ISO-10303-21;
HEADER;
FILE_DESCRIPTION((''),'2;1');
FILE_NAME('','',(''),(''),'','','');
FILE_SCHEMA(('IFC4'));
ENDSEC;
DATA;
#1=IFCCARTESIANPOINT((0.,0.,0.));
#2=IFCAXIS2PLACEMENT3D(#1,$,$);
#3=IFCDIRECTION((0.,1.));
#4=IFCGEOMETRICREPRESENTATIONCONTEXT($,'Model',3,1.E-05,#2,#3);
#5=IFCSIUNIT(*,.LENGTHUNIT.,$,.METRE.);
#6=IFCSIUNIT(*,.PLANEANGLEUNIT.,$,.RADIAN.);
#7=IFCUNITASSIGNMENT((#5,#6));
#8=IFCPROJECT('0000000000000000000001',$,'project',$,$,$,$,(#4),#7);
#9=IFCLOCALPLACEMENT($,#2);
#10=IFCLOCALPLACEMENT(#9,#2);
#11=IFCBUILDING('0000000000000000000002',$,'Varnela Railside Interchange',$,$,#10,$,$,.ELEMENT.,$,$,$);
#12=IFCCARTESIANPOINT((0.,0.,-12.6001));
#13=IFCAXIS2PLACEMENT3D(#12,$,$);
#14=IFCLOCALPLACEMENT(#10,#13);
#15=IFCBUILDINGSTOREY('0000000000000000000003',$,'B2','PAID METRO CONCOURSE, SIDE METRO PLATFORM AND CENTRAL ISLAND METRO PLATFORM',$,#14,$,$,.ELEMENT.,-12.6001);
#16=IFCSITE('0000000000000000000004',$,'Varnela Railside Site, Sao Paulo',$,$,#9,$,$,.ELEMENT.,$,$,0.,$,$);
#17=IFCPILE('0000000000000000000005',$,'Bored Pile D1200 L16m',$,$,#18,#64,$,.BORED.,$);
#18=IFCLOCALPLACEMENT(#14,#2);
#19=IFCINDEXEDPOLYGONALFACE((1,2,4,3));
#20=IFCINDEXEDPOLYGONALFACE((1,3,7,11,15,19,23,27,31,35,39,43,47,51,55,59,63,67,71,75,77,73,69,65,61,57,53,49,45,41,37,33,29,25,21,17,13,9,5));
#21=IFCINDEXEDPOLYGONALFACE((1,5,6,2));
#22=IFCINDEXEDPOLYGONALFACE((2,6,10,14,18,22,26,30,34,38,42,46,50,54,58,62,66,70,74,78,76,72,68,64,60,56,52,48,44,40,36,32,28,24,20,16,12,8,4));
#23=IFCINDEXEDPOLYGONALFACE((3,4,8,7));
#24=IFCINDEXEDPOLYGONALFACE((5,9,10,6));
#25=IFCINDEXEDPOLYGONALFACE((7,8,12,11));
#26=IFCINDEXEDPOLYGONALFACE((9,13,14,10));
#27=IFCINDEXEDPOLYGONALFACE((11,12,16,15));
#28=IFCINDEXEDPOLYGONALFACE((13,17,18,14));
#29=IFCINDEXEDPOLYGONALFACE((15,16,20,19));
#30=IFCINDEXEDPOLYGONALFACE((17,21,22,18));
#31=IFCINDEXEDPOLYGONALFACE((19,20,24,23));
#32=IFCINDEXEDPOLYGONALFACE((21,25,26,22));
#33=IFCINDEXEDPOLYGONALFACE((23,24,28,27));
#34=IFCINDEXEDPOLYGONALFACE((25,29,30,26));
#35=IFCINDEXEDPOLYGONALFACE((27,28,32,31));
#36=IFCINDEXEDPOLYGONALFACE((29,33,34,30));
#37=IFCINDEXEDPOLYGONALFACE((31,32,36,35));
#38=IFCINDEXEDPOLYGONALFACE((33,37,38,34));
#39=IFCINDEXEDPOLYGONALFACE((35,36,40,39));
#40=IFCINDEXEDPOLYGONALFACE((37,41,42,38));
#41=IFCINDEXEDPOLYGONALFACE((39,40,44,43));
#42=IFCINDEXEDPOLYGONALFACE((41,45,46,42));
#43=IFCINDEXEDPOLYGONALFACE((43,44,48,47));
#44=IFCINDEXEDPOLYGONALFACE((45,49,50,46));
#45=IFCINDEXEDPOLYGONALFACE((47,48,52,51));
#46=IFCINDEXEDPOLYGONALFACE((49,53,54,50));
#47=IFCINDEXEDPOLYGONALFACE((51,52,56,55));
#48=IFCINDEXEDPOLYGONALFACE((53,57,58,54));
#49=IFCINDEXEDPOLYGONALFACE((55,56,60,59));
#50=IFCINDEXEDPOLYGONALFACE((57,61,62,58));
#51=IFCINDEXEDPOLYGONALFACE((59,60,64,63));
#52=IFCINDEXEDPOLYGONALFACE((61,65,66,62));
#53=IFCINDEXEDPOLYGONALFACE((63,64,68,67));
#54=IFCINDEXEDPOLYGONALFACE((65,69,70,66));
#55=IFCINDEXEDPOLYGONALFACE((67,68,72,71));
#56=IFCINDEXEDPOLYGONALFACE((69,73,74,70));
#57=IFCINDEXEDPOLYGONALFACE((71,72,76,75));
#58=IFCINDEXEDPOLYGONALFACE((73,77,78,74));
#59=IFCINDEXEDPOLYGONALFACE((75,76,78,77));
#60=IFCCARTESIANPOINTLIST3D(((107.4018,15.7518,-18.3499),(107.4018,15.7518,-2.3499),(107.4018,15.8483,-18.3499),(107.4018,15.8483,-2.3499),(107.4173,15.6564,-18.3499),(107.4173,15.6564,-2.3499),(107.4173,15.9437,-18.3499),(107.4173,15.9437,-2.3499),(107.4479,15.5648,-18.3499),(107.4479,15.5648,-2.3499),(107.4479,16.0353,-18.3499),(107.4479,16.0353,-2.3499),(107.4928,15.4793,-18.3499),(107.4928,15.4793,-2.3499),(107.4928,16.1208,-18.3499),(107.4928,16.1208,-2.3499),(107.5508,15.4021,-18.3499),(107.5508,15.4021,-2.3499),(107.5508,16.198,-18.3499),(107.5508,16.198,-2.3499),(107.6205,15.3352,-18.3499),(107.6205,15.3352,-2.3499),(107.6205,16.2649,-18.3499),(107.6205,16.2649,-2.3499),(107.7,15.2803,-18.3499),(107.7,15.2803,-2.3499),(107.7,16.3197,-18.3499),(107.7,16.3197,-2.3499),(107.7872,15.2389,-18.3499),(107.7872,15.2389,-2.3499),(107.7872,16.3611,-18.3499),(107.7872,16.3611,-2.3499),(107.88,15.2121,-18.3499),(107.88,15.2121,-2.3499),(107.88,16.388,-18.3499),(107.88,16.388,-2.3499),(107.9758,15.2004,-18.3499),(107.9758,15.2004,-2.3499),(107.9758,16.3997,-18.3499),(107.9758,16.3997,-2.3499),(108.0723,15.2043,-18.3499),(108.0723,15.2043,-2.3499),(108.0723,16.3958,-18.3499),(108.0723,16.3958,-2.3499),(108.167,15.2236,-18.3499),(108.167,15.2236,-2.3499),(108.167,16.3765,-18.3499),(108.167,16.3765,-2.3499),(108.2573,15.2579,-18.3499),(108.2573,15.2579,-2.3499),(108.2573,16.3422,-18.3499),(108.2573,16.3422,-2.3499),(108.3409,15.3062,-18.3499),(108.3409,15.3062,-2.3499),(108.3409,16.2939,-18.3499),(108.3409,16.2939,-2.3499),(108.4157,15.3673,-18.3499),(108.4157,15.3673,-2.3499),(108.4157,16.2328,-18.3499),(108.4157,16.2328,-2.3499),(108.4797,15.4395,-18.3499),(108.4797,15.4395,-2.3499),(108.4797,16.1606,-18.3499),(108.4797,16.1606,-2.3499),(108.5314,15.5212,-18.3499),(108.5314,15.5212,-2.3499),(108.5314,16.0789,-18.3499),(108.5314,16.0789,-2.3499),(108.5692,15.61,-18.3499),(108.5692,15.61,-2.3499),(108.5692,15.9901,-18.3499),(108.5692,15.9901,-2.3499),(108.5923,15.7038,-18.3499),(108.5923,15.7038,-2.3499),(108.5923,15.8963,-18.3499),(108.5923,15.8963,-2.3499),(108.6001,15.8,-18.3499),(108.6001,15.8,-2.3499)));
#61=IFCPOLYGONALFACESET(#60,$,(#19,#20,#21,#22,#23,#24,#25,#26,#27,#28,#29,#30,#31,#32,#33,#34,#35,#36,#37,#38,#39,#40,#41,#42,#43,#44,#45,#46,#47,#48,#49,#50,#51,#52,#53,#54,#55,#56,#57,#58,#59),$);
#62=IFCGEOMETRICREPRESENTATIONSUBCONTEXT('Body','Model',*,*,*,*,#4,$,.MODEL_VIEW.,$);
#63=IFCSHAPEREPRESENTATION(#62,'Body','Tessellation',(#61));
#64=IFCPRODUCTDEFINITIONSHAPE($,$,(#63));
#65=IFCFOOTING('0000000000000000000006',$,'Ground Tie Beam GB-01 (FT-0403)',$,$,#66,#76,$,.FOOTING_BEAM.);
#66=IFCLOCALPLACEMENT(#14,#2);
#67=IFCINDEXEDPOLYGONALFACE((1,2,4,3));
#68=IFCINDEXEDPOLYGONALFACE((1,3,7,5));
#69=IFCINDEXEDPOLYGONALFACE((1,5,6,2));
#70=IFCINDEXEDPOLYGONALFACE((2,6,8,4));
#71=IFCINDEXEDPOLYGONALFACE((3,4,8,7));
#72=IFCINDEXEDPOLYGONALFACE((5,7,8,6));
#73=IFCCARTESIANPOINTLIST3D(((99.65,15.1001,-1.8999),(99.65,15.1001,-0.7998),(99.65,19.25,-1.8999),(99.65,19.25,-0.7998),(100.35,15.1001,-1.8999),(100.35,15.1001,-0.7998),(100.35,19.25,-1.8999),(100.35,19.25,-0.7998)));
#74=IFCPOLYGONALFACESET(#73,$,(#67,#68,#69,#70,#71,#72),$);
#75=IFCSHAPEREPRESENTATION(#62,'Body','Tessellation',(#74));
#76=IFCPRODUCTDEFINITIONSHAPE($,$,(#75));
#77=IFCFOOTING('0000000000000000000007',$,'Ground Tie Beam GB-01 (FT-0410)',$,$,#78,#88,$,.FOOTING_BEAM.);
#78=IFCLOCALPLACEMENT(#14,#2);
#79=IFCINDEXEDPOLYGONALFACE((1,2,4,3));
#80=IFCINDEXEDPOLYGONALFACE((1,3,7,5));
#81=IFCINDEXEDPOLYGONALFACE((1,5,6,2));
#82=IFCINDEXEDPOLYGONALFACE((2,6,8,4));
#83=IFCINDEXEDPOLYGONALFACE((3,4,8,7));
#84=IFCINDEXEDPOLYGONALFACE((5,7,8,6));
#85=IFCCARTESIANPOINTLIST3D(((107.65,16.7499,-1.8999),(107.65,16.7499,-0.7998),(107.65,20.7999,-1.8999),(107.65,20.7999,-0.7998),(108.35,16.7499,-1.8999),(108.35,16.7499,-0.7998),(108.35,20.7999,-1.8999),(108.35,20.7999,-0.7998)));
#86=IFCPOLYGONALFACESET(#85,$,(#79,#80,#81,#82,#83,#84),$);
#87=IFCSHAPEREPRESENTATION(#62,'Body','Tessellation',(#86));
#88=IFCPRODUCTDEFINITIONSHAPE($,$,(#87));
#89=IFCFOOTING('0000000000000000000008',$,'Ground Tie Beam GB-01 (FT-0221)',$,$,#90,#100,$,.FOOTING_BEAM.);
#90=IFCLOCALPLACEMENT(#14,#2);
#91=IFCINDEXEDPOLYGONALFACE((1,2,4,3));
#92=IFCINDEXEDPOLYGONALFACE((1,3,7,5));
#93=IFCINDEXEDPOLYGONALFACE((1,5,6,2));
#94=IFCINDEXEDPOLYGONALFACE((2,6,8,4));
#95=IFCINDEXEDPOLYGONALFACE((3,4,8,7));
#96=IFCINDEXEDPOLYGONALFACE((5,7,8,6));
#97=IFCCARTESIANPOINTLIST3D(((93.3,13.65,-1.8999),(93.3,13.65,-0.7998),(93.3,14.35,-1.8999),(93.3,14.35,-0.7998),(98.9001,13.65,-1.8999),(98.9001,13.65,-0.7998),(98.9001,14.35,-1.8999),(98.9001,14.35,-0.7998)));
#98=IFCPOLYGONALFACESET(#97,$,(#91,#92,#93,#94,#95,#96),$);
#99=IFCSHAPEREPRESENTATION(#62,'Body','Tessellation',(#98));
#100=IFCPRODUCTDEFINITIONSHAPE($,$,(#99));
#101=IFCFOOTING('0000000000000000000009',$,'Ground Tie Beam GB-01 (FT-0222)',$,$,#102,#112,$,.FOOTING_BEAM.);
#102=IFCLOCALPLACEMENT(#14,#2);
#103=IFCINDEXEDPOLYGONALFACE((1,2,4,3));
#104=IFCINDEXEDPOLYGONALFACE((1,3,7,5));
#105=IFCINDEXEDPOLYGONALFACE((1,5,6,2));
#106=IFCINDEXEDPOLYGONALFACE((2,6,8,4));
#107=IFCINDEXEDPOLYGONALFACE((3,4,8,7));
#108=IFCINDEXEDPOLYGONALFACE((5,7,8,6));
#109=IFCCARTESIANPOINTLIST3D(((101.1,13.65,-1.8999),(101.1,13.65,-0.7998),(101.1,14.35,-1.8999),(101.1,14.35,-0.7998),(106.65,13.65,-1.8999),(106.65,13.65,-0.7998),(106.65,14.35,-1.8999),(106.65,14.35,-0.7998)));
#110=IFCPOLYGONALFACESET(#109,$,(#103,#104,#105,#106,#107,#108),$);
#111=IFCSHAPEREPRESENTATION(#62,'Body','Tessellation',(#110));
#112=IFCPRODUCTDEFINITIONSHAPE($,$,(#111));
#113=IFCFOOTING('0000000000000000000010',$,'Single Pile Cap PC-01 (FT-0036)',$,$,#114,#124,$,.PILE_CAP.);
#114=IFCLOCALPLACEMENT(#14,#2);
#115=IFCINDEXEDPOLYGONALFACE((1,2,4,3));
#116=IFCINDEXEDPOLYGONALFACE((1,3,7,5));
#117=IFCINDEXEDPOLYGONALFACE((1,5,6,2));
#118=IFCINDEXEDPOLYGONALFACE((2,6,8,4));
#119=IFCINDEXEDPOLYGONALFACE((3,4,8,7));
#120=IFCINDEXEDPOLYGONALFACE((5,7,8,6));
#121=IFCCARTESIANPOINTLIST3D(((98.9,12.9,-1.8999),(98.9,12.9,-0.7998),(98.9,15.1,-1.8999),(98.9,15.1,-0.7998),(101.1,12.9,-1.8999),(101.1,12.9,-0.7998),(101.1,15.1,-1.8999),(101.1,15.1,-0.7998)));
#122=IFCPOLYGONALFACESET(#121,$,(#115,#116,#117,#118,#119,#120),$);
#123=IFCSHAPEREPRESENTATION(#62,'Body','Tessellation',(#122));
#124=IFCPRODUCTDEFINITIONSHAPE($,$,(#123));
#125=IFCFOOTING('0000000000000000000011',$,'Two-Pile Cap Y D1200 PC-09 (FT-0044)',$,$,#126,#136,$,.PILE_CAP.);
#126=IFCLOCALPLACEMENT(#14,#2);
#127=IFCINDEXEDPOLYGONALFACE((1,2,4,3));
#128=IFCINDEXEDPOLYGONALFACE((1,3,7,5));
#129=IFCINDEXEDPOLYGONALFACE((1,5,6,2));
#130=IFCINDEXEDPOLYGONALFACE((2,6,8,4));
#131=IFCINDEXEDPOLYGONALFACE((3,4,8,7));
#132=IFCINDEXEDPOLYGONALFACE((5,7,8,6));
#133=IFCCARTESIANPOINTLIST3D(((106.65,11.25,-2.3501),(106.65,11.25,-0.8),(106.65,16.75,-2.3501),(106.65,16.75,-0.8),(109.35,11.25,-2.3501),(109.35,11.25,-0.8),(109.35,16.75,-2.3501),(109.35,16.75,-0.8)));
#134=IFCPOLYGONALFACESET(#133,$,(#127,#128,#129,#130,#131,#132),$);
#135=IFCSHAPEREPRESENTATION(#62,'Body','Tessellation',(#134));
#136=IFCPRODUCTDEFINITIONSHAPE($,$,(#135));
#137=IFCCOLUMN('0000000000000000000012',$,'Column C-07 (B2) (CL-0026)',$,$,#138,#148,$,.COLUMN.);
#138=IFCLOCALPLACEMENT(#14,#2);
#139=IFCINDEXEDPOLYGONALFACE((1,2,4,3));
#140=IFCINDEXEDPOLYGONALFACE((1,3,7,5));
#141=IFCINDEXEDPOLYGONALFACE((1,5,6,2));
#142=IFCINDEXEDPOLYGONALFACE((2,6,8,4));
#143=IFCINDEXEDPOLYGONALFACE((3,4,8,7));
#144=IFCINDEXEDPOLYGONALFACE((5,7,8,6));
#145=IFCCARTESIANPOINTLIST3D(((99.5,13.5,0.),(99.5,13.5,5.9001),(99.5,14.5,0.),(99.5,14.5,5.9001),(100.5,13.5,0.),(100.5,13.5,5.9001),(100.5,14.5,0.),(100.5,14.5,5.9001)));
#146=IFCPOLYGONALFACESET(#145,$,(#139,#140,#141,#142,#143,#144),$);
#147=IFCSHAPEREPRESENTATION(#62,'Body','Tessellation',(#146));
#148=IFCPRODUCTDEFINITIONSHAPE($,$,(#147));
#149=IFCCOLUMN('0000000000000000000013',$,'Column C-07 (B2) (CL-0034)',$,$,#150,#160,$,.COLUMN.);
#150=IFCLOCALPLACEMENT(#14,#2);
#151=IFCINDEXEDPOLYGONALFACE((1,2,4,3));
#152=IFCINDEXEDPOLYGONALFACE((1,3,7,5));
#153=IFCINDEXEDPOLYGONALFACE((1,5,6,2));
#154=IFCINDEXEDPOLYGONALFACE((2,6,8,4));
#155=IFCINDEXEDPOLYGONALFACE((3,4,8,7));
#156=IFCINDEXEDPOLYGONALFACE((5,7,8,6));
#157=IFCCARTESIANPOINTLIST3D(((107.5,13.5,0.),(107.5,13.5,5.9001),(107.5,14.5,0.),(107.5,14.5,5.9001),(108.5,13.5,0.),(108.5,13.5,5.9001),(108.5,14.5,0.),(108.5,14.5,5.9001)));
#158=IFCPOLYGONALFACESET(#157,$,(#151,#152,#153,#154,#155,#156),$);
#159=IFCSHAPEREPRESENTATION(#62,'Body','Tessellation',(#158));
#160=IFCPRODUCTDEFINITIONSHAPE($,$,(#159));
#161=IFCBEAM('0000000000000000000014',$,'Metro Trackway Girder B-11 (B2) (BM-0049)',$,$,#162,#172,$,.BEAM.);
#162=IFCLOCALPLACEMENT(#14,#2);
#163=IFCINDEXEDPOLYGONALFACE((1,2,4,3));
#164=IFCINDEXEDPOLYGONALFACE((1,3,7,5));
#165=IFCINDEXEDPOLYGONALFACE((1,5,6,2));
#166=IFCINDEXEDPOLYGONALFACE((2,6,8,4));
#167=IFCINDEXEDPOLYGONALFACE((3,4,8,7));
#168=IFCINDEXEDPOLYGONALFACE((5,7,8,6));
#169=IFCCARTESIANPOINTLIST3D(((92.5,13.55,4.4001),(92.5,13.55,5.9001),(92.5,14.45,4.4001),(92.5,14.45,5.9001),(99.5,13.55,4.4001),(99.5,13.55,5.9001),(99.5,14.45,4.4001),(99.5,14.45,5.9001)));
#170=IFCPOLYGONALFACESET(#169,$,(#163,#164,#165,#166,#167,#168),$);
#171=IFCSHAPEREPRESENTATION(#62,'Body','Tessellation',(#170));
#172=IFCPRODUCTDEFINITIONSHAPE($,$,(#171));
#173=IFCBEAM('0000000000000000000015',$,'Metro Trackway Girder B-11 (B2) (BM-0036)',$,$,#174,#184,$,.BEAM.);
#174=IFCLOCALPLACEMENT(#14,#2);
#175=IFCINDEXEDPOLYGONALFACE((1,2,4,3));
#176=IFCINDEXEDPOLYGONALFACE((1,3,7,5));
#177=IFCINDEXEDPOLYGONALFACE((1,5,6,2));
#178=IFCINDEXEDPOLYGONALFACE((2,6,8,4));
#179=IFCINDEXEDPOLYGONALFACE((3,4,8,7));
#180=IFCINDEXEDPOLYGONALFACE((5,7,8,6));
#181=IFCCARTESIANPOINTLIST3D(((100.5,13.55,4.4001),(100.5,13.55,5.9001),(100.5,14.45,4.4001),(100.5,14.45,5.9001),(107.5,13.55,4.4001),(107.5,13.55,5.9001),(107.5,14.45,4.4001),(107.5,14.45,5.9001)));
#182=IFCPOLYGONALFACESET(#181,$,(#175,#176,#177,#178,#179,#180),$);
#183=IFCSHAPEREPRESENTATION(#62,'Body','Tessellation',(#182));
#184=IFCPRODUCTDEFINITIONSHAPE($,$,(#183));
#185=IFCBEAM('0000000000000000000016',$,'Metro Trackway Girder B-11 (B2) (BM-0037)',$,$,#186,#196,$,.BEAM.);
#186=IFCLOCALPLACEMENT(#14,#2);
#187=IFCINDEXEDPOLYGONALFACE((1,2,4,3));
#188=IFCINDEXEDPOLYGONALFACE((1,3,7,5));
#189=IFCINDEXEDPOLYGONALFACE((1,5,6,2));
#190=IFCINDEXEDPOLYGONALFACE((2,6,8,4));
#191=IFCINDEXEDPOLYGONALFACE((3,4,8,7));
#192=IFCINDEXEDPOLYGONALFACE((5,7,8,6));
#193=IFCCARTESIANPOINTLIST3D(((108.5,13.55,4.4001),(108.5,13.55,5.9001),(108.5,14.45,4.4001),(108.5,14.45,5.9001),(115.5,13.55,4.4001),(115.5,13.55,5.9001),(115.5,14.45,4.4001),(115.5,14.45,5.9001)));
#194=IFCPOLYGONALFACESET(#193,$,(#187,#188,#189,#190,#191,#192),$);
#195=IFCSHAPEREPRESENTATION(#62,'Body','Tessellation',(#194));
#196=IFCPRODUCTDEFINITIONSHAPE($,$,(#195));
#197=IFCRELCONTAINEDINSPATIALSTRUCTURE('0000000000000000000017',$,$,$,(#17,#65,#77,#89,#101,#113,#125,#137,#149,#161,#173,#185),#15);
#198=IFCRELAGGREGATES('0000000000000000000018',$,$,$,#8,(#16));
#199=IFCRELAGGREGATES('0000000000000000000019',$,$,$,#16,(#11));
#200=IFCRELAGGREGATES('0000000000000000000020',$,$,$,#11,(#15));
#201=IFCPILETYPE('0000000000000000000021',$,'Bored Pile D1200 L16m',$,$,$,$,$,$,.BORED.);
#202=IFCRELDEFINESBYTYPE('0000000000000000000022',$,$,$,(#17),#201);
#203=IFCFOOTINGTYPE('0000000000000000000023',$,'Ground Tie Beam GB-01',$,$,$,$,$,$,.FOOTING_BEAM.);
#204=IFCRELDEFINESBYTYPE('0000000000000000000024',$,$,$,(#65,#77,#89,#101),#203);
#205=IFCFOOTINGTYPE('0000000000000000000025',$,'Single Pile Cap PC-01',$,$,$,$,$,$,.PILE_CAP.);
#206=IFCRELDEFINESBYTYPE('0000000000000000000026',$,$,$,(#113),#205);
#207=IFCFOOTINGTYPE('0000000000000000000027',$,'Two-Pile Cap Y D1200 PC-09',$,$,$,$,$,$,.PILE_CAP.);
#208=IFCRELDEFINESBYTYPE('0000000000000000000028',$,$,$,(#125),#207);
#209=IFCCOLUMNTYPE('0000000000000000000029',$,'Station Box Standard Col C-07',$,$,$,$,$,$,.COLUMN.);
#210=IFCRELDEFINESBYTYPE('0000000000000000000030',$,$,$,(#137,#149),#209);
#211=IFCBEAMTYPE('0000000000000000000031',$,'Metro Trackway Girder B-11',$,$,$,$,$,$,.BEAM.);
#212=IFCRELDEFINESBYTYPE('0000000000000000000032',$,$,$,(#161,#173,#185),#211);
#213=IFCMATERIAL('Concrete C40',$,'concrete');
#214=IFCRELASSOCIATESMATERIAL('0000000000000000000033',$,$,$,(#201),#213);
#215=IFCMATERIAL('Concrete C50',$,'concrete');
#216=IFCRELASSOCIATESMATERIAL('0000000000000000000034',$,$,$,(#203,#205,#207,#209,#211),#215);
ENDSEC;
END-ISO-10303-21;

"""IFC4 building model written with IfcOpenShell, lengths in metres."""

from ifc_helpers import new_model, si_unit, direction, frame, origin, origin_2d, place, context, subcontext, project, spatial, rectangle, circle, extrude, material, material_profile, profile_set, type_object, element, save


model = new_model("IFC4")

# Units and contexts
model_context = context("Model", 3, precision=1e-05, world=origin(), true_north=direction((0.0, 1.0)))
body_context = subcontext(model_context, "Body", "Model", "MODEL_VIEW")
ifc_project = project(units=[si_unit("LENGTHUNIT", "METRE"), si_unit("PLANEANGLEUNIT", "RADIAN")], contexts=[model_context])

# Site, building, storey
site_placement = place(None, origin())
site = spatial("IfcSite", under=ifc_project, at=site_placement, Name="Varnela Railside Site, Sao Paulo", CompositionType="ELEMENT", RefElevation=0.0)
building_placement = place(site_placement, origin())
building = spatial("IfcBuilding", under=site, at=building_placement, Name="Varnela Railside Interchange", CompositionType="ELEMENT")
storey_placement = place(building_placement, frame((0.0, 0.0, -12.6001)))
storey = spatial("IfcBuildingStorey", under=building, at=storey_placement, Name="B2", Description="PAID METRO CONCOURSE, SIDE METRO PLATFORM AND CENTRAL ISLAND METRO PLATFORM", CompositionType="ELEMENT", Elevation=-12.6001)

# Pile
ifc_material_1 = material(Name="Concrete C40", Category="concrete")
ifc_material_profile_1 = material_profile(ifc_material_1, circle(Radius=0.6001, at=origin_2d()), Name="BORED PILE D1200")
ifc_profile_set_1 = profile_set([ifc_material_profile_1], Name="Concrete C40")
pile_type_1 = type_object("IfcPileType", Name="Bored Pile D1200 L16m", PredefinedType="BORED", material=ifc_profile_set_1)
for number, where, z_axis, x_axis, name in (
    (1, (108.0, 15.8, -2.3499), (0.0, 0.0, -1.0), (1.0, 0.0, 0.0), "Bored Pile D1200 L16m"),
):
    element("IfcPile", number, at=place(storey_placement, frame(where, z_axis=z_axis, x_axis=x_axis)), inside=storey, type_object=pile_type_1, Name=name, PredefinedType="BORED", context=body_context, shape_type="SweptSolid", body=[
        extrude(circle(Radius=0.6001, at=origin_2d()), origin(), (0.0, 0.0, 1.0), 16.0),
    ])

# Footings
ifc_material_2 = material(Name="Concrete C50", Category="concrete")
footing_type_1 = type_object("IfcFootingType", Name="Ground Tie Beam GB-01", PredefinedType="FOOTING_BEAM", material=ifc_material_2)
footing_1_placement = place(storey_placement, frame((100.0, 17.175, -1.8999), z_axis=(0.0, 0.0, 1.0), x_axis=(1.0, 0.0, 0.0)))
element("IfcFooting", 2, at=footing_1_placement, inside=storey, type_object=footing_type_1, Name="Ground Tie Beam GB-01 (FT-0403)", PredefinedType="FOOTING_BEAM", context=body_context, shape_type="SweptSolid", body=[
    extrude(rectangle(XDim=0.7, YDim=4.1499, at=origin_2d()), origin(), (0.0, 0.0, 1.0), 1.1001),
])
footing_2_placement = place(storey_placement, frame((108.0, 18.7749, -1.8999), z_axis=(0.0, 0.0, 1.0), x_axis=(1.0, 0.0, 0.0)))
element("IfcFooting", 3, at=footing_2_placement, inside=storey, type_object=footing_type_1, Name="Ground Tie Beam GB-01 (FT-0410)", PredefinedType="FOOTING_BEAM", context=body_context, shape_type="SweptSolid", body=[
    extrude(rectangle(XDim=0.7, YDim=4.05, at=origin_2d()), origin(), (0.0, 0.0, 1.0), 1.1001),
])
footing_3_placement = place(storey_placement, frame((96.1001, 14.0, -1.8999), z_axis=(0.0, 0.0, 1.0), x_axis=(1.0, 0.0, 0.0)))
element("IfcFooting", 4, at=footing_3_placement, inside=storey, type_object=footing_type_1, Name="Ground Tie Beam GB-01 (FT-0221)", PredefinedType="FOOTING_BEAM", context=body_context, shape_type="SweptSolid", body=[
    extrude(rectangle(XDim=5.6001, YDim=0.7, at=origin_2d()), origin(), (0.0, 0.0, 1.0), 1.1001),
])
footing_4_placement = place(storey_placement, frame((103.875, 14.0, -1.8999), z_axis=(0.0, 0.0, 1.0), x_axis=(1.0, 0.0, 0.0)))
element("IfcFooting", 5, at=footing_4_placement, inside=storey, type_object=footing_type_1, Name="Ground Tie Beam GB-01 (FT-0222)", PredefinedType="FOOTING_BEAM", context=body_context, shape_type="SweptSolid", body=[
    extrude(rectangle(XDim=5.55, YDim=0.7, at=origin_2d()), origin(), (0.0, 0.0, 1.0), 1.1001),
])
footing_type_2 = type_object("IfcFootingType", Name="Single Pile Cap PC-01", PredefinedType="PILE_CAP", material=ifc_material_2)
footing_5_placement = place(storey_placement, frame((100.0, 14.0, -1.8999), z_axis=(0.0, 0.0, 1.0), x_axis=(1.0, 0.0, 0.0)))
element("IfcFooting", 6, at=footing_5_placement, inside=storey, type_object=footing_type_2, Name="Single Pile Cap PC-01 (FT-0036)", PredefinedType="PILE_CAP", context=body_context, shape_type="SweptSolid", body=[
    extrude(rectangle(XDim=2.2, YDim=2.2, at=origin_2d()), origin(), (0.0, 0.0, 1.0), 1.1001),
])
footing_type_3 = type_object("IfcFootingType", Name="Two-Pile Cap Y D1200 PC-09", PredefinedType="PILE_CAP", material=ifc_material_2)
footing_6_placement = place(storey_placement, frame((108.0, 14.0, -2.3501), z_axis=(0.0, 0.0, 1.0), x_axis=(1.0, 0.0, 0.0)))
element("IfcFooting", 7, at=footing_6_placement, inside=storey, type_object=footing_type_3, Name="Two-Pile Cap Y D1200 PC-09 (FT-0044)", PredefinedType="PILE_CAP", context=body_context, shape_type="SweptSolid", body=[
    extrude(rectangle(XDim=2.7, YDim=5.5, at=origin_2d()), origin(), (0.0, 0.0, 1.0), 1.55),
])

# Columns
ifc_material_profile_2 = material_profile(ifc_material_2, rectangle(XDim=1.0, YDim=1.0, at=origin_2d()), Name="RC 1000x1000")
ifc_profile_set_2 = profile_set([ifc_material_profile_2], Name="Concrete C50")
column_type = type_object("IfcColumnType", Name="Station Box Standard Col C-07", PredefinedType="COLUMN", material=ifc_profile_set_2)
for number, where, z_axis, x_axis, name in (
    (8, (100.0, 14.0, 0.0), (0.0, 0.0, 1.0), (1.0, 0.0, 0.0), "Column C-07 (B2) (CL-0026)"),
    (9, (108.0, 14.0, 0.0), (0.0, 0.0, 1.0), (1.0, 0.0, 0.0), "Column C-07 (B2) (CL-0034)"),
):
    element("IfcColumn", number, at=place(storey_placement, frame(where, z_axis=z_axis, x_axis=x_axis)), inside=storey, type_object=column_type, Name=name, PredefinedType="COLUMN", context=body_context, shape_type="SweptSolid", body=[
        extrude(rectangle(XDim=1.0, YDim=1.0, at=origin_2d()), origin(), (0.0, 0.0, 1.0), 5.9001),
    ])

# Beams
ifc_material_profile_3 = material_profile(ifc_material_2, rectangle(XDim=0.8999, YDim=1.5, at=origin_2d()), Name="RC 900x1500")
ifc_profile_set_3 = profile_set([ifc_material_profile_3], Name="Concrete C50")
beam_type_1 = type_object("IfcBeamType", Name="Metro Trackway Girder B-11", PredefinedType="BEAM", material=ifc_profile_set_3)
for number, where, z_axis, x_axis, name in (
    (10, (92.5, 14.0, 5.1501), (1.0, 0.0, 0.0), (0.0, 1.0, 0.0), "Metro Trackway Girder B-11 (B2) (BM-0049)"),
    (11, (100.5, 14.0, 5.1501), (1.0, 0.0, 0.0), (0.0, 1.0, 0.0), "Metro Trackway Girder B-11 (B2) (BM-0036)"),
    (12, (108.5, 14.0, 5.1501), (1.0, 0.0, 0.0), (0.0, 1.0, 0.0), "Metro Trackway Girder B-11 (B2) (BM-0037)"),
):
    element("IfcBeam", number, at=place(storey_placement, frame(where, z_axis=z_axis, x_axis=x_axis)), inside=storey, type_object=beam_type_1, Name=name, PredefinedType="BEAM", context=body_context, shape_type="SweptSolid", body=[
        extrude(rectangle(XDim=0.8999, YDim=1.5, at=origin_2d()), origin(), (0.0, 0.0, 1.0), 7.0),
    ])

save(model, "model.ifc")
